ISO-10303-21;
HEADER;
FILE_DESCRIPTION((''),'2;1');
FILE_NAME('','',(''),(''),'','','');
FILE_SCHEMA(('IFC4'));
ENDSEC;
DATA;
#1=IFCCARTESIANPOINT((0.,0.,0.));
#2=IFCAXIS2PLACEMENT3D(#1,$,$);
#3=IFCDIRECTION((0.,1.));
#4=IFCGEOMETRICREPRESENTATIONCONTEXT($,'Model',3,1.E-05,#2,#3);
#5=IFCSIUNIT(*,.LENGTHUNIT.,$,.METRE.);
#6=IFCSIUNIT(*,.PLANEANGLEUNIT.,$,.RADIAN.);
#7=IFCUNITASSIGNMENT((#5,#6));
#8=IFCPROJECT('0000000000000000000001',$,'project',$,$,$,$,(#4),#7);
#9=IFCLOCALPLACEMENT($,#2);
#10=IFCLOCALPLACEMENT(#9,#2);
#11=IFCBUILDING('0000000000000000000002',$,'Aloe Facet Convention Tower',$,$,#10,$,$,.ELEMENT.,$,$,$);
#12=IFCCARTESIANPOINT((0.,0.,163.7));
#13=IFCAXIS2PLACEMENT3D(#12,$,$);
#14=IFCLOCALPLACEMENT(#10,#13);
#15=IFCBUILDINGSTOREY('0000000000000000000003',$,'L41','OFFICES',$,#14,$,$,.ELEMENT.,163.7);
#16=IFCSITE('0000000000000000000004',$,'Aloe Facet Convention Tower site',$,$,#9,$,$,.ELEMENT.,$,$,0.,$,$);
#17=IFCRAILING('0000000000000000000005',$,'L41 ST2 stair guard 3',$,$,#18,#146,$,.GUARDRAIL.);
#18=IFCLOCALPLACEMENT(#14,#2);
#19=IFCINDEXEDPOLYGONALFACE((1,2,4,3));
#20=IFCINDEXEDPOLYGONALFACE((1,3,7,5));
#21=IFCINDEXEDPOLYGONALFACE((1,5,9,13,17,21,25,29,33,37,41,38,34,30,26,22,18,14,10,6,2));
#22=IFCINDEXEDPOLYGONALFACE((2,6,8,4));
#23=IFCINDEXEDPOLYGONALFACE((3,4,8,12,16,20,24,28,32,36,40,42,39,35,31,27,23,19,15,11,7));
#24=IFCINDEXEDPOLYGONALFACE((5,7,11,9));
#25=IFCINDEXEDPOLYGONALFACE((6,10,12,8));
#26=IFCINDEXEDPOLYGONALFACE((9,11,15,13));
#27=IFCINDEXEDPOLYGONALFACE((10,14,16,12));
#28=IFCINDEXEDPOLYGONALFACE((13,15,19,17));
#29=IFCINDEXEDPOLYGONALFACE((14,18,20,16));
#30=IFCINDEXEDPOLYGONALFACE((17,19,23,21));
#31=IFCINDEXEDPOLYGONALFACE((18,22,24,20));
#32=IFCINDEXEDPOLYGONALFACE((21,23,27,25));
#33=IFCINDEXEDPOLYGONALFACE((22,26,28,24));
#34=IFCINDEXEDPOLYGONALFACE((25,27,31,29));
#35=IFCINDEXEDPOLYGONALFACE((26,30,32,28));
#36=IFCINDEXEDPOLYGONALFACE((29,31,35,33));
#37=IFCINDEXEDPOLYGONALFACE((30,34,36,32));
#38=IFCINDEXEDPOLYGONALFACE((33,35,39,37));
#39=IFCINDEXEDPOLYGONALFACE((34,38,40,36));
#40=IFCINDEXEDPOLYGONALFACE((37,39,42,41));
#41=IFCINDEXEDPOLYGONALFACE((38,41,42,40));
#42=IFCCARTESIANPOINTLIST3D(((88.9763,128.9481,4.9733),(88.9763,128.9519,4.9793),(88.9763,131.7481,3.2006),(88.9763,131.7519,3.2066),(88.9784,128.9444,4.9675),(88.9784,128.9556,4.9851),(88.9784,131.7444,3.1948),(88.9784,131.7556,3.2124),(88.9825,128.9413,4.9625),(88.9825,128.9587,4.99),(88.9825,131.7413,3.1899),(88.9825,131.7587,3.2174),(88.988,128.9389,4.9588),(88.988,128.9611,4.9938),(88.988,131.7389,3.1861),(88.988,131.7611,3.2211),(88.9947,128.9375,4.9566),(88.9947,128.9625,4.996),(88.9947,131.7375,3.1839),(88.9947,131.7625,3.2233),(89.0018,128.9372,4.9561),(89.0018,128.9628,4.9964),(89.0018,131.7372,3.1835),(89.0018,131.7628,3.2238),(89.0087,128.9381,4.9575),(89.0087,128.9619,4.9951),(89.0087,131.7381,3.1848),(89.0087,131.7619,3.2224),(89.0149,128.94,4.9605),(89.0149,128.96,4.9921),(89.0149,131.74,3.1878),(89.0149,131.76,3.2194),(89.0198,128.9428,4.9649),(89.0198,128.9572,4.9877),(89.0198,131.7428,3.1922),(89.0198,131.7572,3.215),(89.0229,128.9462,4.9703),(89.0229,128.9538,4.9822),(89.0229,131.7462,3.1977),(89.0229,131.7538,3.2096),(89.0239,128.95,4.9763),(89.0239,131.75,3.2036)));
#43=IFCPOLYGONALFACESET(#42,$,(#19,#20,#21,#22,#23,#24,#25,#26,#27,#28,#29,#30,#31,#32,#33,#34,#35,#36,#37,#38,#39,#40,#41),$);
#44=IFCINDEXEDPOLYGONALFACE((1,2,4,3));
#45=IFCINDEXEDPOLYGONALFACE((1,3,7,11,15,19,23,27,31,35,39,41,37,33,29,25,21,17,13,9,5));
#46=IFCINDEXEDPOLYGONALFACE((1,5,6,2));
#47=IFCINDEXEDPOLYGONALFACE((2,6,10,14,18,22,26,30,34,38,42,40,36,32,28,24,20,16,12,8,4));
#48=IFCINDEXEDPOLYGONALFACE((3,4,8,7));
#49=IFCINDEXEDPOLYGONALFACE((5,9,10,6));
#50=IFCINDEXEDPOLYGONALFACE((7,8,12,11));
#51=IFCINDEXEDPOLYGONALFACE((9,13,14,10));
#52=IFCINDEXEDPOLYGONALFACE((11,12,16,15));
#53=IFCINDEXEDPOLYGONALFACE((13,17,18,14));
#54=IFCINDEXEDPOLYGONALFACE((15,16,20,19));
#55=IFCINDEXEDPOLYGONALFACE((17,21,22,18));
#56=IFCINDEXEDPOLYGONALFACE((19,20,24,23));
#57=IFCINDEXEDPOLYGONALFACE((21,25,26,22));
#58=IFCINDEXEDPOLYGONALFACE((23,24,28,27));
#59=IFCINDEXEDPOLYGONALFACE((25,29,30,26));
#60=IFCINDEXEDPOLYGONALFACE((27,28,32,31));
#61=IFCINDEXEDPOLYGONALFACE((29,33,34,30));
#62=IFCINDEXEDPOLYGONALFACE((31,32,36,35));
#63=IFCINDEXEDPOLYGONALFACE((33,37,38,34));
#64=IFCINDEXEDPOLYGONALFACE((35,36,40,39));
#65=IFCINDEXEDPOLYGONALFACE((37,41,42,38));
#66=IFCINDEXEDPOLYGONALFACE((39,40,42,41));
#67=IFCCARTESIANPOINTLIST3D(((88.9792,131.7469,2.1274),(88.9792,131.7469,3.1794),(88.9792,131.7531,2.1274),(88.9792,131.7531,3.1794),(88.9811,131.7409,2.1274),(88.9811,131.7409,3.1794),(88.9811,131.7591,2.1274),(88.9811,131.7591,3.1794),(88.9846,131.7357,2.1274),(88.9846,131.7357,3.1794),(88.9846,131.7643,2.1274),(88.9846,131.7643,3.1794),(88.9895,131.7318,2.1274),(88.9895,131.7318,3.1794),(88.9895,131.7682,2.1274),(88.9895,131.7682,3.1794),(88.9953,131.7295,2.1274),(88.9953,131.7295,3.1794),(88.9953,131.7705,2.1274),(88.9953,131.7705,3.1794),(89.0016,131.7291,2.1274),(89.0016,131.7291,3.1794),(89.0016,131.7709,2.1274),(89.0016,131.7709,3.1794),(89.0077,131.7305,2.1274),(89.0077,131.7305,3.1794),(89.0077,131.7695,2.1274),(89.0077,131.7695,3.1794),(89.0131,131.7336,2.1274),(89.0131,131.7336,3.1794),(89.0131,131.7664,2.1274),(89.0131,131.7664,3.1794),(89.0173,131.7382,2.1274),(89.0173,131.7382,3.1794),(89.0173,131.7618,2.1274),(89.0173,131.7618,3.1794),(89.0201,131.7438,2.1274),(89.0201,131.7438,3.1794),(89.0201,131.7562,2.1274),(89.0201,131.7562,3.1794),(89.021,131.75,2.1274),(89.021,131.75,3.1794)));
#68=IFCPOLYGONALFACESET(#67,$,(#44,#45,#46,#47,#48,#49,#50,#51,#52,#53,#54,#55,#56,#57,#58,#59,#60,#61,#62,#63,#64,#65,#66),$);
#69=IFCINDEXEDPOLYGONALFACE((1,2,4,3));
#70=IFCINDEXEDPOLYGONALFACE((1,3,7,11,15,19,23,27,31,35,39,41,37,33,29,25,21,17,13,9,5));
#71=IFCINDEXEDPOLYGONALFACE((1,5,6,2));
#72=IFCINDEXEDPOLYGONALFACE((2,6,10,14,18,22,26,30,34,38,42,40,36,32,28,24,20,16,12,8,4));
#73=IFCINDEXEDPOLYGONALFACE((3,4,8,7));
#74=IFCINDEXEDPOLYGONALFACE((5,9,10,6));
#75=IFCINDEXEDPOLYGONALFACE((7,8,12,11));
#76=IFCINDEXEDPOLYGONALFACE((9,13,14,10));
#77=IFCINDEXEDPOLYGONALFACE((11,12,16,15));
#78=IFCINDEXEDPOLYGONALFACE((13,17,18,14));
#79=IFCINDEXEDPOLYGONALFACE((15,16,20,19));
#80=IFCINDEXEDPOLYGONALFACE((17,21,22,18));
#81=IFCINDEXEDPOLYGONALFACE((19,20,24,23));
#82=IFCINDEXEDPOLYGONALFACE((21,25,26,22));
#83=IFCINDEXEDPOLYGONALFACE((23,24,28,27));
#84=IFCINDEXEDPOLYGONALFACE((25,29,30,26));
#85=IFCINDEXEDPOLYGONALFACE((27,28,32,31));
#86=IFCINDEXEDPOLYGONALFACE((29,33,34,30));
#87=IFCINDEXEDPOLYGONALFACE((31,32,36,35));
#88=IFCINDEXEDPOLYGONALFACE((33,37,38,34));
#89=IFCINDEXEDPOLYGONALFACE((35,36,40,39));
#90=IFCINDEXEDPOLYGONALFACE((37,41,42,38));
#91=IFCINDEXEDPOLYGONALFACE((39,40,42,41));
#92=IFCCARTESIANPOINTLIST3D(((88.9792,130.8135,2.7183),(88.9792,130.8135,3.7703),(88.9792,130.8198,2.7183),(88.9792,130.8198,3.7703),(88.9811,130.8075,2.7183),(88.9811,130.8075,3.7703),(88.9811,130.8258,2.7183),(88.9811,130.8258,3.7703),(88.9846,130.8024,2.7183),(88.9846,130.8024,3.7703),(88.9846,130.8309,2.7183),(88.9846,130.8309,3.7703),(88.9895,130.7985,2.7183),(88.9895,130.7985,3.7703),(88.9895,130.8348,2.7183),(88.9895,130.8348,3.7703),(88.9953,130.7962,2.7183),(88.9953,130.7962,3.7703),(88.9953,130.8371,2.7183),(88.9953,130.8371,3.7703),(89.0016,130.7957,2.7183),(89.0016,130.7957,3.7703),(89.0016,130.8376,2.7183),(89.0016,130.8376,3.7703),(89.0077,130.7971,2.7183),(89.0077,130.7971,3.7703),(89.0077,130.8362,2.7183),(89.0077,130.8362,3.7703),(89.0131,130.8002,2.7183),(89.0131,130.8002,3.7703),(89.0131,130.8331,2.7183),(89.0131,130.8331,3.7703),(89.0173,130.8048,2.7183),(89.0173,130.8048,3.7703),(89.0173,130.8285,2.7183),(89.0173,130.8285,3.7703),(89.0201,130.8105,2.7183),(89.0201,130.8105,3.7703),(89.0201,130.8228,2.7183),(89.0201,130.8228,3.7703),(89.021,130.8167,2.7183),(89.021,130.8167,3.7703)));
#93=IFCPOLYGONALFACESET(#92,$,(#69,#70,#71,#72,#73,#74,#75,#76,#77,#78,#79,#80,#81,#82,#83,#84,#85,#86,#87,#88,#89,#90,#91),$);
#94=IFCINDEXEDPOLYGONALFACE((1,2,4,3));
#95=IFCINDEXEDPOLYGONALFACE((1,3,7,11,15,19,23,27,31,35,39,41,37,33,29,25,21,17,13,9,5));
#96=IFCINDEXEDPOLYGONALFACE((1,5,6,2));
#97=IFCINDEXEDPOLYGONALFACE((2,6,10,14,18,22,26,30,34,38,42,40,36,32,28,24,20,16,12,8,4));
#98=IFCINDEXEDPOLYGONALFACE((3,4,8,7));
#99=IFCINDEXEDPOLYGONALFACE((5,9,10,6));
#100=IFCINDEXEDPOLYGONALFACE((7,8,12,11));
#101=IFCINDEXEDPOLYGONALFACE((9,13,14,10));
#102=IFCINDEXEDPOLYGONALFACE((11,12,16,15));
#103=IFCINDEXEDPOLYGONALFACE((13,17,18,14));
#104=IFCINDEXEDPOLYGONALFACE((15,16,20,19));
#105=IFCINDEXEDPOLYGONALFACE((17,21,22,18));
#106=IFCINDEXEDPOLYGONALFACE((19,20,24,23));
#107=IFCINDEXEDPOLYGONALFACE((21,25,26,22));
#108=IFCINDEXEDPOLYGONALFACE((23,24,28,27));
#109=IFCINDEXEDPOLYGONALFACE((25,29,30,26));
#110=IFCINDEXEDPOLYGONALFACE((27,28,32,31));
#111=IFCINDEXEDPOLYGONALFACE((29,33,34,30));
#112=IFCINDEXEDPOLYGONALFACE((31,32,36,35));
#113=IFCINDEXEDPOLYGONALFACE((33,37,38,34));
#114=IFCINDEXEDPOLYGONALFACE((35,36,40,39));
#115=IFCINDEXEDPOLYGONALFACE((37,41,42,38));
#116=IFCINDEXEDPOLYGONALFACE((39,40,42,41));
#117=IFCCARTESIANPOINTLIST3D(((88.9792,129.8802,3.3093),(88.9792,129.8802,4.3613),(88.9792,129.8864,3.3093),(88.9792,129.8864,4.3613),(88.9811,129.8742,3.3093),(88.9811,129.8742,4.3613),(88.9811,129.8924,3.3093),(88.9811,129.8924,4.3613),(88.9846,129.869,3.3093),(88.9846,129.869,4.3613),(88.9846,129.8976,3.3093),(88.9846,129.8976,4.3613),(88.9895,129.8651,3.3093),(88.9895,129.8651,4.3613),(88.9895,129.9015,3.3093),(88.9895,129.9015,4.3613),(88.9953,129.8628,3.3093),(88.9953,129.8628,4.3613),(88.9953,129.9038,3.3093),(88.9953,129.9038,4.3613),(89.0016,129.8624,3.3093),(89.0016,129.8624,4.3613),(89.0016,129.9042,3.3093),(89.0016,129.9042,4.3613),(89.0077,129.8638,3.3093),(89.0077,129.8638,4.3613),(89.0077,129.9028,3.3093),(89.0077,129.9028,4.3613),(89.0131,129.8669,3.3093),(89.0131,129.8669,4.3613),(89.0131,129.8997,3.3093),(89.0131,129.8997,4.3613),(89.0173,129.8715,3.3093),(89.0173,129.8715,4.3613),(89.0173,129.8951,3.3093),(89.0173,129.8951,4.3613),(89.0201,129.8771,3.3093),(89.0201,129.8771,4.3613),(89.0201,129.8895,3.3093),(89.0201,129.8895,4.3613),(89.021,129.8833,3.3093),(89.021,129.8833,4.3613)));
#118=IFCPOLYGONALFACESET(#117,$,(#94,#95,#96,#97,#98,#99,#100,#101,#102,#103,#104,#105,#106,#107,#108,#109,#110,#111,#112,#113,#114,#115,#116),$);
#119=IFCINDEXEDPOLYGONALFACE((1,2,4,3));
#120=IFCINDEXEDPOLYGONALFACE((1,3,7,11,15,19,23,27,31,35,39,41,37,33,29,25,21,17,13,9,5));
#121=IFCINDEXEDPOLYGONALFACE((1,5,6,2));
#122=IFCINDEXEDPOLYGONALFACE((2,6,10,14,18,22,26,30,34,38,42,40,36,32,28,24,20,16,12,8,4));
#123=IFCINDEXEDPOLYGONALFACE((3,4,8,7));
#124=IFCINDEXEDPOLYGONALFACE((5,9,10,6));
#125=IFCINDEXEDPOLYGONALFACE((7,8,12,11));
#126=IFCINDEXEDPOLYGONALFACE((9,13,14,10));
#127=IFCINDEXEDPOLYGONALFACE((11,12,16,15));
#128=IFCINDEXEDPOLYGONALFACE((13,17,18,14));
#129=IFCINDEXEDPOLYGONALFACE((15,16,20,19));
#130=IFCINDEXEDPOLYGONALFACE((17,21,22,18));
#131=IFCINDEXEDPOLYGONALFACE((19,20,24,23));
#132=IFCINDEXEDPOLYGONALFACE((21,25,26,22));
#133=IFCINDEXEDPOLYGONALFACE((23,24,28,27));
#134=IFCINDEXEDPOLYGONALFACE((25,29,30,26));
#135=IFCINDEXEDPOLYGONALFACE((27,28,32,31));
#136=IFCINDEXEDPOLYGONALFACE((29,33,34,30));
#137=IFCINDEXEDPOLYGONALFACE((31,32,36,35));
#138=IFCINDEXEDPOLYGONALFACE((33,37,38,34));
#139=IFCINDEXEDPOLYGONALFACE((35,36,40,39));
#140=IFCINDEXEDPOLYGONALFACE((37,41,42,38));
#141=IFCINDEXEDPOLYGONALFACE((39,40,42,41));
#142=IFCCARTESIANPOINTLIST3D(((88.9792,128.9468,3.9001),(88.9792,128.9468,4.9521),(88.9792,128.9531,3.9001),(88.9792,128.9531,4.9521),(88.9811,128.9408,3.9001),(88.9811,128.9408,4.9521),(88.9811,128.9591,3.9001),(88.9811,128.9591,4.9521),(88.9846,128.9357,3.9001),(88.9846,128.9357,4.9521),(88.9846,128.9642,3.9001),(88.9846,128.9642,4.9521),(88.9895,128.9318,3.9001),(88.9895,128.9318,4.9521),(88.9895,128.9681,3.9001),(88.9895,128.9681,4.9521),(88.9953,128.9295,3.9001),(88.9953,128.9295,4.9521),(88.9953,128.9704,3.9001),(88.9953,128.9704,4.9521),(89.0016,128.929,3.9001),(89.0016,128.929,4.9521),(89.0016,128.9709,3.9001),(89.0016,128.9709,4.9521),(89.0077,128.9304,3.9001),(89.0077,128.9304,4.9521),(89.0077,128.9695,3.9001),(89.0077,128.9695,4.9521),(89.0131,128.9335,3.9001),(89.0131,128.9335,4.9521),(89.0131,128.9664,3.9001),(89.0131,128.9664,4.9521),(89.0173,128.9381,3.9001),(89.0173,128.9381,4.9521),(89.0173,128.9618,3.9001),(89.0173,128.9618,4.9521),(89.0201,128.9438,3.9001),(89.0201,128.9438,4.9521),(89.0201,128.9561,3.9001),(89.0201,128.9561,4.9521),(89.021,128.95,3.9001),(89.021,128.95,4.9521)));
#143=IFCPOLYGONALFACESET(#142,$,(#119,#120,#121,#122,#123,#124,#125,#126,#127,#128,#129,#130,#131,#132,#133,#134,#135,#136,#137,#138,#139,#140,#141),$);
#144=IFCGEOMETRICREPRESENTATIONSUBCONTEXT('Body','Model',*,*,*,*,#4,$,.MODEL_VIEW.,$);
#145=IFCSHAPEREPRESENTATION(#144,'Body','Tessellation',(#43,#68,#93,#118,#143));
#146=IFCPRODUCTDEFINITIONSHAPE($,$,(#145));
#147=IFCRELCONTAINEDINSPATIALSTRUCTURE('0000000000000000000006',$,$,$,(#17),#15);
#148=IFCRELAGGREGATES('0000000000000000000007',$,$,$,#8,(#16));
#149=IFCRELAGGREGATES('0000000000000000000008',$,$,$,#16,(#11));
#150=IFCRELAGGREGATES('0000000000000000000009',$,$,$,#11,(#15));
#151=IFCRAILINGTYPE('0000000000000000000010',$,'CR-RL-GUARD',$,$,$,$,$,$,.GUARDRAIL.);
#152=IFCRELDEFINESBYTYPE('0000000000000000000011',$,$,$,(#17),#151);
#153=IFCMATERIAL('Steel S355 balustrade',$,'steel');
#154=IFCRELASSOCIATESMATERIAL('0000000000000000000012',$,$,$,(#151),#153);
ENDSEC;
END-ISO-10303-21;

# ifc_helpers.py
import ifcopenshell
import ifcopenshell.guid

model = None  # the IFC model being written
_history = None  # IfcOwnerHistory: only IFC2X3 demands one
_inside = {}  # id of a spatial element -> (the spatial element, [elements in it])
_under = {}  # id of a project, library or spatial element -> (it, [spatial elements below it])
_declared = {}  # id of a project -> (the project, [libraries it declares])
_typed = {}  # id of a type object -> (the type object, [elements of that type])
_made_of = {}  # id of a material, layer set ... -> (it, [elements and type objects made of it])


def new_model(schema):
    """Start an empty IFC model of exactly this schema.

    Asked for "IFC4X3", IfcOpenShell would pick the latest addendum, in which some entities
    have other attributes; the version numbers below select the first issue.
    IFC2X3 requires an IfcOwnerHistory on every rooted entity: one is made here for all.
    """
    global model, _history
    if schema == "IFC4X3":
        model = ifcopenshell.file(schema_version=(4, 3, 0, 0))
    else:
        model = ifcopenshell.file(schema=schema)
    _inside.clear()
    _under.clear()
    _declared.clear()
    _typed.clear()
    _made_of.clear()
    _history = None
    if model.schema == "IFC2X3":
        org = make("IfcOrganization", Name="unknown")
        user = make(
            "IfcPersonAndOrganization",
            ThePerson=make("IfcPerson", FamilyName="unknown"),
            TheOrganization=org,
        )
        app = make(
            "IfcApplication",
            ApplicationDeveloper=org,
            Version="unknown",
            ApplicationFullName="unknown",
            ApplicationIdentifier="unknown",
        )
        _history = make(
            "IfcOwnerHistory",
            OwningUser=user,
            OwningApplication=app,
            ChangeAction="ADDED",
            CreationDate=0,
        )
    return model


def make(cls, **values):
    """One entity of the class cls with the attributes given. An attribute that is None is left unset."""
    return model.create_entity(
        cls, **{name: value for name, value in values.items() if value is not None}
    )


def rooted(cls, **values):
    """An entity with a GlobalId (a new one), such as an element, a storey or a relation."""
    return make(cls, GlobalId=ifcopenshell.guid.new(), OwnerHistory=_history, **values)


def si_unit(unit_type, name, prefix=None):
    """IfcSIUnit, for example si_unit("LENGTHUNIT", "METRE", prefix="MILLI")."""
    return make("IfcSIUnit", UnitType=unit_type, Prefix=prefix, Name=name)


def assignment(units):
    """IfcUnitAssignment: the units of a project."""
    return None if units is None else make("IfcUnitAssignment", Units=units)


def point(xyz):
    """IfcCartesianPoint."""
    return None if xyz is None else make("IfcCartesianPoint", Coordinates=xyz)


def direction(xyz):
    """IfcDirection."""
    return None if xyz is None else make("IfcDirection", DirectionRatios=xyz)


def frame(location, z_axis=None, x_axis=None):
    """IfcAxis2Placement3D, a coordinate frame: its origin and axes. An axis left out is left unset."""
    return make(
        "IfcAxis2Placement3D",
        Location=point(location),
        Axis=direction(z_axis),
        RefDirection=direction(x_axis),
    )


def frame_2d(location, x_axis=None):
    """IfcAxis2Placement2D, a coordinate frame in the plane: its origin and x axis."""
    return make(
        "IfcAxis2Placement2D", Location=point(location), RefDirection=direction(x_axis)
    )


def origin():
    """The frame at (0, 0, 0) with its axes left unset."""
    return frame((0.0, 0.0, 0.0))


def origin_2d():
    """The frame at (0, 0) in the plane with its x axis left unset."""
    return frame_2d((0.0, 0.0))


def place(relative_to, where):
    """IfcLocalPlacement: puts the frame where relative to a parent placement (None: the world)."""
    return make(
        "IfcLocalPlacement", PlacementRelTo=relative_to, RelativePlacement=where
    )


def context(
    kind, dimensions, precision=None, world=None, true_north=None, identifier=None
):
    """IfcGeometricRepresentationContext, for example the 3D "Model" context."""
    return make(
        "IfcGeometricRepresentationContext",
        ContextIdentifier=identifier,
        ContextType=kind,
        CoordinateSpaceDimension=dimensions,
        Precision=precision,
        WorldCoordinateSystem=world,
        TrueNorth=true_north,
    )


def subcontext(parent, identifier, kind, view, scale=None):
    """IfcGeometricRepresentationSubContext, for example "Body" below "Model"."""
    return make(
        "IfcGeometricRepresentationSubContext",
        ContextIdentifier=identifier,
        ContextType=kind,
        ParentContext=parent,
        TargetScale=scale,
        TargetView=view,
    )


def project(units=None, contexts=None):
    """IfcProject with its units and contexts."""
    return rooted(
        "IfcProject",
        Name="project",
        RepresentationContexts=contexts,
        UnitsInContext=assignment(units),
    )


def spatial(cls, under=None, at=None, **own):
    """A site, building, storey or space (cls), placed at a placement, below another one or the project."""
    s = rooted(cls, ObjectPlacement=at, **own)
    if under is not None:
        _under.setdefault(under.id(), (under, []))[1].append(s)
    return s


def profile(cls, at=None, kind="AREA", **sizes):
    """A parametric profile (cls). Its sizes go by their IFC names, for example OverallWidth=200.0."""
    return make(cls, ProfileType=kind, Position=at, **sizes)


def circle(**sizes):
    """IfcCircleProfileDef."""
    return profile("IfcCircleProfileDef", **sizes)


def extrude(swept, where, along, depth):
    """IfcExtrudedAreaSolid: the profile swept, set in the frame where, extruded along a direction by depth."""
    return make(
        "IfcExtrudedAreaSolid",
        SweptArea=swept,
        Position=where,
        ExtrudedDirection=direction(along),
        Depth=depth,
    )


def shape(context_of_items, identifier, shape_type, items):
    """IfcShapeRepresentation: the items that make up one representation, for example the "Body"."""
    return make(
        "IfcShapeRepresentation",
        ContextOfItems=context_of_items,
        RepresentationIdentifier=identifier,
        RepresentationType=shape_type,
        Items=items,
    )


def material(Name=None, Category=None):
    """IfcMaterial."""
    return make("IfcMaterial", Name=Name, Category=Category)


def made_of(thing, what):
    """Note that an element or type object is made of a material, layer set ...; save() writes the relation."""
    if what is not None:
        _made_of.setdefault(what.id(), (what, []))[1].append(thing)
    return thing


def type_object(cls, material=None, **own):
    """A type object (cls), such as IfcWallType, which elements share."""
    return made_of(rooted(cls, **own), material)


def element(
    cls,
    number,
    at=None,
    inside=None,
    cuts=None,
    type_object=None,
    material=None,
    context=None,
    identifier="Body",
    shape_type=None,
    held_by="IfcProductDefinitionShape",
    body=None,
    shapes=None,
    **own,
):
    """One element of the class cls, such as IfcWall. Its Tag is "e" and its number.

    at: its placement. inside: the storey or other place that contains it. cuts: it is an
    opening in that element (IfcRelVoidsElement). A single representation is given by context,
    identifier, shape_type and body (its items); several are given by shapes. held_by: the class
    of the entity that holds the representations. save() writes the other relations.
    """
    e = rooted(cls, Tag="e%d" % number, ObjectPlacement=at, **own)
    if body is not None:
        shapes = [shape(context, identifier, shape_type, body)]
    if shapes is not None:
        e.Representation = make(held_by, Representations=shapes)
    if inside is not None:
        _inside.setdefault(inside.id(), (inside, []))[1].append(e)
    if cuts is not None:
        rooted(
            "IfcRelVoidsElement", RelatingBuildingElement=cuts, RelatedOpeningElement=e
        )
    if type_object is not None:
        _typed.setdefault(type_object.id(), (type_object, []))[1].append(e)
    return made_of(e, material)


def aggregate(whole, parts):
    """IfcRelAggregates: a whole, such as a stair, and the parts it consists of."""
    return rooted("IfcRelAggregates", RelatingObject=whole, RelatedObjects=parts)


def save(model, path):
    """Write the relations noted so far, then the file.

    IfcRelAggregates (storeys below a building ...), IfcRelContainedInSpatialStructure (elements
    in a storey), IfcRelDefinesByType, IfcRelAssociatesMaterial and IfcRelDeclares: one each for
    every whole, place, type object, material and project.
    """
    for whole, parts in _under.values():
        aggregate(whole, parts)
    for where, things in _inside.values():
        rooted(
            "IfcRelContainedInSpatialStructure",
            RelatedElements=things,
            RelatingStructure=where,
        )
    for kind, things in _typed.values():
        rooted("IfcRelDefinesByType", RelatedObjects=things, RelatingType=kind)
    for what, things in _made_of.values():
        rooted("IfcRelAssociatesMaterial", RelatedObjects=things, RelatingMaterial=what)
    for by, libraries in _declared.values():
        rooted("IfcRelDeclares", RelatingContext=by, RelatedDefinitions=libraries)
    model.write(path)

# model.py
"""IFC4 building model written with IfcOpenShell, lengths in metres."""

from ifc_helpers import new_model, si_unit, direction, frame, origin, origin_2d, place, context, subcontext, project, spatial, circle, extrude, material, type_object, element, save


model = new_model("IFC4")

# Units and contexts
model_context = context("Model", 3, precision=1e-05, world=origin(), true_north=direction((0.0, 1.0)))
body_context = subcontext(model_context, "Body", "Model", "MODEL_VIEW")
ifc_project = project(units=[si_unit("LENGTHUNIT", "METRE"), si_unit("PLANEANGLEUNIT", "RADIAN")], contexts=[model_context])

# Site, building, storey
site_placement = place(None, origin())
site = spatial("IfcSite", under=ifc_project, at=site_placement, Name="Aloe Facet Convention Tower site", CompositionType="ELEMENT", RefElevation=0.0)
building_placement = place(site_placement, origin())
building = spatial("IfcBuilding", under=site, at=building_placement, Name="Aloe Facet Convention Tower", CompositionType="ELEMENT")
storey_placement = place(building_placement, frame((0.0, 0.0, 163.7)))
storey = spatial("IfcBuildingStorey", under=building, at=storey_placement, Name="L41", Description="OFFICES", CompositionType="ELEMENT", Elevation=163.7)

# Railing
ifc_material_1 = material(Name="Steel S355 balustrade", Category="steel")
railing_type_1 = type_object("IfcRailingType", Name="CR-RL-GUARD", PredefinedType="GUARDRAIL", material=ifc_material_1)
railing_1_placement = place(storey_placement, frame((89.0, 131.75, 2.1274)))
element("IfcRailing", 1, at=railing_1_placement, inside=storey, type_object=railing_type_1, Name="L41 ST2 stair guard 3", PredefinedType="GUARDRAIL", context=body_context, shape_type="SweptSolid", body=[
    extrude(circle(Radius=0.0239, at=origin_2d()), frame((0.0, 0.0, 1.0762), z_axis=(0.0, -0.844909, 0.53491), x_axis=(1.0, 0.0, 0.0)), (0.0, 0.0, 1.0), 3.314),
    extrude(circle(Radius=0.021, at=origin_2d()), origin(), (0.0, 0.0, 1.0), 1.052),
    extrude(circle(Radius=0.021, at=origin_2d()), frame((0.0, -0.9333, 0.5908)), (0.0, 0.0, 1.0), 1.052),
    extrude(circle(Radius=0.021, at=origin_2d()), frame((0.0, -1.8667, 1.1819)), (0.0, 0.0, 1.0), 1.052),
    extrude(circle(Radius=0.021, at=origin_2d()), frame((0.0, -2.8, 1.7727)), (0.0, 0.0, 1.0), 1.052),
])

save(model, "model.ifc")
